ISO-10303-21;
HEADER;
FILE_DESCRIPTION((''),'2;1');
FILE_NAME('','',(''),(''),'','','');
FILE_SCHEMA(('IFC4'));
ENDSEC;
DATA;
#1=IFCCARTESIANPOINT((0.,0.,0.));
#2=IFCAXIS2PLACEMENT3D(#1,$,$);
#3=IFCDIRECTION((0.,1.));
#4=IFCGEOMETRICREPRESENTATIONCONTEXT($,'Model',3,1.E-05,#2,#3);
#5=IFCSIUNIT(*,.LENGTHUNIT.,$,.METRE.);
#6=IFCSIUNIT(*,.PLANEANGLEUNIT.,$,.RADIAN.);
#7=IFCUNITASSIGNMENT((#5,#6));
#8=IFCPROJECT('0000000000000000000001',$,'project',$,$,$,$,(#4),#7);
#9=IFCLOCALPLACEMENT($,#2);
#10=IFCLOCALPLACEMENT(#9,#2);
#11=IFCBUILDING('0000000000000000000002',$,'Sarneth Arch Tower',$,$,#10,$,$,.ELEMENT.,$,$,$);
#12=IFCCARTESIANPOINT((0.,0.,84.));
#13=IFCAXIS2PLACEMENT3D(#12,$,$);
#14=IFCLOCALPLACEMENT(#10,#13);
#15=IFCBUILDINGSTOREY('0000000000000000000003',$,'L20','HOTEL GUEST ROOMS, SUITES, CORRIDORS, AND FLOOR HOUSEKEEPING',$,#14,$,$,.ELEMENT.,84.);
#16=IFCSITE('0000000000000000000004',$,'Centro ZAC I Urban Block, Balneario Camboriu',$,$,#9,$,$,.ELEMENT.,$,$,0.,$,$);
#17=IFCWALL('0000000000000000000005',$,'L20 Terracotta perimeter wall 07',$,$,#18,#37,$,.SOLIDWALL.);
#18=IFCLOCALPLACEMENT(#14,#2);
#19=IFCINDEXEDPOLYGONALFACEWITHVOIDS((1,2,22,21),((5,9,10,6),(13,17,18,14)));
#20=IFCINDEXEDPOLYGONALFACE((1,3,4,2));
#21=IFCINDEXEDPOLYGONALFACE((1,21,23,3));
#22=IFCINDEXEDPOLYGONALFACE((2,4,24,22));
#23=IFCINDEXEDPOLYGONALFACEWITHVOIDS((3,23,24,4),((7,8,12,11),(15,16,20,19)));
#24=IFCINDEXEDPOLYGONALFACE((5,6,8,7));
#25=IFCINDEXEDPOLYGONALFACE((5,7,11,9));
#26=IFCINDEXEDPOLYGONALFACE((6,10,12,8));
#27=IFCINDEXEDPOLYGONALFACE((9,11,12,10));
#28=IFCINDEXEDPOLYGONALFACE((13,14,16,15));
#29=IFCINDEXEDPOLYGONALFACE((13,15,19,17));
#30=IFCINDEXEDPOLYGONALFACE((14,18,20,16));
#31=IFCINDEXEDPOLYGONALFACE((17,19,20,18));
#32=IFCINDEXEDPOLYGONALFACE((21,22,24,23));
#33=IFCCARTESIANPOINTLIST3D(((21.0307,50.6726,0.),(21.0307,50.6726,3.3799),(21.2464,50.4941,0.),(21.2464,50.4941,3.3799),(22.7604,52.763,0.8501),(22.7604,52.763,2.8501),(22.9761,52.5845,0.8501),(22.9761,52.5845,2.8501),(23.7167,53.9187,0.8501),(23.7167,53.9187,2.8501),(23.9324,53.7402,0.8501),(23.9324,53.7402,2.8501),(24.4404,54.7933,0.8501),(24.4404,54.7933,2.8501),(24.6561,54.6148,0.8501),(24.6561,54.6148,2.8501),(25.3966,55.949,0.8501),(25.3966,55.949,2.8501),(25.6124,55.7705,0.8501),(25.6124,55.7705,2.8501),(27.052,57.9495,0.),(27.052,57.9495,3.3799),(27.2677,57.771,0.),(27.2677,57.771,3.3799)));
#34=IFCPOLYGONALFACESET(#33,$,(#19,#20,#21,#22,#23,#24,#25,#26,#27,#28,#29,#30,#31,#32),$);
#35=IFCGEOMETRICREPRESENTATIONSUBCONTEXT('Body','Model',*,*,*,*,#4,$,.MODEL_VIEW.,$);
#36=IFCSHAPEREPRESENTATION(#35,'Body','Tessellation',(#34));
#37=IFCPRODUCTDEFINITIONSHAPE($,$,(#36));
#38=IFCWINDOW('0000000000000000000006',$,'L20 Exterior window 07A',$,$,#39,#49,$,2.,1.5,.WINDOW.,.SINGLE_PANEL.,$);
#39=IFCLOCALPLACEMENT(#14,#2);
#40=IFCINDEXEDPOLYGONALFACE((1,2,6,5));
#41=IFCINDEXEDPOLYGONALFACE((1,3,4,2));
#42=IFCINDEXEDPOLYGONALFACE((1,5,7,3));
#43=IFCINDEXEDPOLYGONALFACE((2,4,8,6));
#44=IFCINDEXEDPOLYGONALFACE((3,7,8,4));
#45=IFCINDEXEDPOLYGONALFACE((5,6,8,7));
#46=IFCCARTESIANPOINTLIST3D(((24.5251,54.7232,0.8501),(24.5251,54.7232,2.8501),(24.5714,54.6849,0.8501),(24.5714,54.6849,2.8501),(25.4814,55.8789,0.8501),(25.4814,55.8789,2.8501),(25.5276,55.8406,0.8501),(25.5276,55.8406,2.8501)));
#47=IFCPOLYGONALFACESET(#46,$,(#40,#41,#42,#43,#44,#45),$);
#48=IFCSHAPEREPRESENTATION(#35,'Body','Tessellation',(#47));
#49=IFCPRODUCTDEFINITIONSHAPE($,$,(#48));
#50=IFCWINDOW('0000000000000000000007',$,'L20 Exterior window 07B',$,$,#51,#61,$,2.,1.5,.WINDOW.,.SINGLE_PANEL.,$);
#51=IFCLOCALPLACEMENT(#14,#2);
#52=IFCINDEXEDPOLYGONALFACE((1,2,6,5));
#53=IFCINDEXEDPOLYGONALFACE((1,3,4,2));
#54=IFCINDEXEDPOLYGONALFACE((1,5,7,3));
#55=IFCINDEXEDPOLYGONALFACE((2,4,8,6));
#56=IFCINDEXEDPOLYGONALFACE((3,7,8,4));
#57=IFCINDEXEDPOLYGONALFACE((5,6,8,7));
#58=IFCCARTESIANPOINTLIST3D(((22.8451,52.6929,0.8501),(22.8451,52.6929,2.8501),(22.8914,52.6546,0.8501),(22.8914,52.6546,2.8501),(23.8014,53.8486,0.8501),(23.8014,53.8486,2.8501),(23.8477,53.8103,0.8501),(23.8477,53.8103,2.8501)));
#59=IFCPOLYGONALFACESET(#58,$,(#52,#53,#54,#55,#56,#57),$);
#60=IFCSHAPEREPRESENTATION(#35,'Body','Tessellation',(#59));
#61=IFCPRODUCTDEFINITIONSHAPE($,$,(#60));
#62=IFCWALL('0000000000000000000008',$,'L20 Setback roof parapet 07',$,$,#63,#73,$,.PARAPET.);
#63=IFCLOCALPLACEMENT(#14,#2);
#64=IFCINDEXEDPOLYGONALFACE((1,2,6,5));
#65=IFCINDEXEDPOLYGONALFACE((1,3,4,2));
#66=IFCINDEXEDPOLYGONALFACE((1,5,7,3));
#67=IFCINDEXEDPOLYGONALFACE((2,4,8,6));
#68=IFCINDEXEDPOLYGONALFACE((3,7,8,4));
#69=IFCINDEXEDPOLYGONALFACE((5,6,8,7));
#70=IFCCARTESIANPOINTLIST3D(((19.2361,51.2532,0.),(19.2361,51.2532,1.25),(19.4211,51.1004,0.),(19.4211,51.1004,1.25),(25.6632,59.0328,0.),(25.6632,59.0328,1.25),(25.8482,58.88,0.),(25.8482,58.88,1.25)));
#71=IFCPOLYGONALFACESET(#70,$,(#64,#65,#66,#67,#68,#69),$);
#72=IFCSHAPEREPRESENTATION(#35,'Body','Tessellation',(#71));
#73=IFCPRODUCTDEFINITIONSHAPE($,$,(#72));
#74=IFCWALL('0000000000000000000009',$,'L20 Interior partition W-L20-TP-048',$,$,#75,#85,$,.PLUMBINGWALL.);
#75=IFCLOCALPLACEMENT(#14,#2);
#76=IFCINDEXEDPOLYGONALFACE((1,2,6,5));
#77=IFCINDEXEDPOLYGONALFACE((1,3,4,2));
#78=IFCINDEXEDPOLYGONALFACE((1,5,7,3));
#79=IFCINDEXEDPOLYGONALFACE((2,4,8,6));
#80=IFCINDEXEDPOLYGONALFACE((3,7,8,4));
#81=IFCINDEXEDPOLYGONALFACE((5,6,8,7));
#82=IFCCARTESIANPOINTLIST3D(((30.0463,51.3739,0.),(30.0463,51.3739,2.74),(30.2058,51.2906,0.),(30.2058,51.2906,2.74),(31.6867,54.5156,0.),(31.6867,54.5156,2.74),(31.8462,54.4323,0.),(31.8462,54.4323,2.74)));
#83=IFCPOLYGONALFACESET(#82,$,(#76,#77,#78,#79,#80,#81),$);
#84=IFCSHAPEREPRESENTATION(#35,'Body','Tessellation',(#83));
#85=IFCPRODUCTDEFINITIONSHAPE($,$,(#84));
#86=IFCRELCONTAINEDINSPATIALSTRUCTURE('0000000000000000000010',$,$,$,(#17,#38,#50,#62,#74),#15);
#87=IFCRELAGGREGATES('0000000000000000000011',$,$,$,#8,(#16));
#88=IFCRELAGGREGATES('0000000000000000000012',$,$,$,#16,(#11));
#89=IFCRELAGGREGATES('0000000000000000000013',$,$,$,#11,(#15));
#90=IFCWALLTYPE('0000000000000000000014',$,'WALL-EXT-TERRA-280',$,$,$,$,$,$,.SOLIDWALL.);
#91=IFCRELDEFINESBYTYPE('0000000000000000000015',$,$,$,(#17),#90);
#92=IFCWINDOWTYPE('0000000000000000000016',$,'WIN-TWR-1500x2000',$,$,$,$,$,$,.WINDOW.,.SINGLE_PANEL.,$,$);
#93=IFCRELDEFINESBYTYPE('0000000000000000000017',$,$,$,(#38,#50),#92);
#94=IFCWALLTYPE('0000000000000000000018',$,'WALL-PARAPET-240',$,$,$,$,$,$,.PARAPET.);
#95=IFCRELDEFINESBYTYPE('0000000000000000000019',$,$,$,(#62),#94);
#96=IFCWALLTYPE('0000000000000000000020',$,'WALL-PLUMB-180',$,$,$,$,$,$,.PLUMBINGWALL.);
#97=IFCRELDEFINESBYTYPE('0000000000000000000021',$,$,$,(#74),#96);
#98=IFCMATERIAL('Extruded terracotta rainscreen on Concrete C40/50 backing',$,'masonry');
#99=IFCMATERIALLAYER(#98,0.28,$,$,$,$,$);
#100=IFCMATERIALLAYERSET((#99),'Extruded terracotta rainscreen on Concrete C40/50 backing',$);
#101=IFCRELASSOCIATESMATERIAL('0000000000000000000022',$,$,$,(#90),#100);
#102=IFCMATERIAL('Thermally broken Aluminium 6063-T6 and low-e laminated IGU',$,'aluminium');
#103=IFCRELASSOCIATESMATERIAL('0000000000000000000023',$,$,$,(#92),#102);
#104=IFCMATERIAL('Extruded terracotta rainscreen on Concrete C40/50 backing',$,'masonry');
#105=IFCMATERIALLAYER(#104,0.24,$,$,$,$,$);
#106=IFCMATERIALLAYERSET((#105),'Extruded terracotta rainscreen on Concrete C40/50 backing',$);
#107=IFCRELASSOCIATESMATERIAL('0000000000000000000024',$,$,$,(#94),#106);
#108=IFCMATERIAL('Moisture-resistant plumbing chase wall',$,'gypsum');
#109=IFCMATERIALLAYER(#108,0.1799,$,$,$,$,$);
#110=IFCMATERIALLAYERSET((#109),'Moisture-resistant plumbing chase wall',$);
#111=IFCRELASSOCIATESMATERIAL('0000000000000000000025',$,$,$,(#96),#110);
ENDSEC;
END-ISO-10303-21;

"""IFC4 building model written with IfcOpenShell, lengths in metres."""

from ifc_helpers import new_model, si_unit, direction, frame, frame_2d, origin, place, context, subcontext, project, spatial, rectangle, extrude, material, layer, layer_set, type_object, element, fill, save


model = new_model("IFC4")

# Units and contexts
model_context = context("Model", 3, precision=1e-05, world=origin(), true_north=direction((0.0, 1.0)))
body_context = subcontext(model_context, "Body", "Model", "MODEL_VIEW")
ifc_project = project(units=[si_unit("LENGTHUNIT", "METRE"), si_unit("PLANEANGLEUNIT", "RADIAN")], contexts=[model_context])

# Site, building, storey
site_placement = place(None, origin())
site = spatial("IfcSite", under=ifc_project, at=site_placement, Name="Centro ZAC I Urban Block, Balneario Camboriu", CompositionType="ELEMENT", RefElevation=0.0)
building_placement = place(site_placement, origin())
building = spatial("IfcBuilding", under=site, at=building_placement, Name="Sarneth Arch Tower", CompositionType="ELEMENT")
storey_placement = place(building_placement, frame((0.0, 0.0, 84.0)))
storey = spatial("IfcBuildingStorey", under=building, at=storey_placement, Name="L20", Description="HOTEL GUEST ROOMS, SUITES, CORRIDORS, AND FLOOR HOUSEKEEPING", CompositionType="ELEMENT", Elevation=84.0)

# Wall, openings, windows
ifc_material_1 = material(Name="Extruded terracotta rainscreen on Concrete C40/50 backing", Category="masonry")
ifc_layer_1 = layer(ifc_material_1, 0.28)
ifc_layer_set_1 = layer_set([ifc_layer_1], Name="Extruded terracotta rainscreen on Concrete C40/50 backing")
wall_type_1 = type_object("IfcWallType", Name="WALL-EXT-TERRA-280", PredefinedType="SOLIDWALL", material=ifc_layer_set_1)
wall_1_placement = place(storey_placement, frame((27.1599, 57.8604, 0.0), z_axis=(0.0, 0.0, 1.0), x_axis=(-0.637506, -0.770446, 0.0)))
wall_1 = element("IfcWall", 1, at=wall_1_placement, inside=storey, type_object=wall_type_1, Name="L20 Terracotta perimeter wall 07", PredefinedType="SOLIDWALL", context=body_context, shape_type="SweptSolid", body=[
    extrude(rectangle(XDim=9.4451, YDim=0.28, at=frame_2d((4.7227, 0.0))), origin(), (0.0, 0.0, 1.0), 3.3799),
])
opening_1_placement = place(wall_1_placement, frame((2.5967, 0.0, 0.8501)))
opening_1 = element("IfcOpeningElement", 2, at=opening_1_placement, cuts=wall_1, PredefinedType="OPENING", context=body_context, shape_type="SweptSolid", body=[
    extrude(rectangle(XDim=1.5, YDim=2.0, at=frame_2d((0.75, 1.0))), frame((0.0, 0.1499, 0.0), z_axis=(0.0, -1.0, 0.0), x_axis=(1.0, 0.0, 0.0)), (0.0, 0.0, 1.0), 0.3),
])
opening_2_placement = place(wall_1_placement, frame((5.2319, 0.0, 0.8501)))
opening_2 = element("IfcOpeningElement", 3, at=opening_2_placement, cuts=wall_1, PredefinedType="OPENING", context=body_context, shape_type="SweptSolid", body=[
    extrude(rectangle(XDim=1.5, YDim=2.0, at=frame_2d((0.75, 1.0))), frame((0.0, 0.1499, 0.0), z_axis=(0.0, -1.0, 0.0), x_axis=(1.0, 0.0, 0.0)), (0.0, 0.0, 1.0), 0.3),
])
ifc_material_2 = material(Name="Thermally broken Aluminium 6063-T6 and low-e laminated IGU", Category="aluminium")
window_type = type_object("IfcWindowType", Name="WIN-TWR-1500x2000", PartitioningType="SINGLE_PANEL", PredefinedType="WINDOW", material=ifc_material_2)
window_1_placement = place(opening_1_placement, origin())
window_1 = element("IfcWindow", 4, at=window_1_placement, inside=storey, type_object=window_type, Name="L20 Exterior window 07A", OverallHeight=2.0, OverallWidth=1.5, PartitioningType="SINGLE_PANEL", PredefinedType="WINDOW", context=body_context, shape_type="SweptSolid", body=[
    extrude(rectangle(XDim=1.5, YDim=2.0, at=frame_2d((0.75, 1.0))), frame((0.0, 0.03, 0.0), z_axis=(0.0, -1.0, 0.0), x_axis=(1.0, 0.0, 0.0)), (0.0, 0.0, 1.0), 0.0601),
])
fill(opening_1, window_1)
window_2_placement = place(opening_2_placement, origin())
window_2 = element("IfcWindow", 5, at=window_2_placement, inside=storey, type_object=window_type, Name="L20 Exterior window 07B", OverallHeight=2.0, OverallWidth=1.5, PartitioningType="SINGLE_PANEL", PredefinedType="WINDOW", context=body_context, shape_type="SweptSolid", body=[
    extrude(rectangle(XDim=1.5, YDim=2.0, at=frame_2d((0.75, 1.0))), frame((0.0, 0.03, 0.0), z_axis=(0.0, -1.0, 0.0), x_axis=(1.0, 0.0, 0.0)), (0.0, 0.0, 1.0), 0.0601),
])
fill(opening_2, window_2)

# Walls
ifc_material_3 = material(Name="Extruded terracotta rainscreen on Concrete C40/50 backing", Category="masonry")
ifc_layer_2 = layer(ifc_material_3, 0.24)
ifc_layer_set_2 = layer_set([ifc_layer_2], Name="Extruded terracotta rainscreen on Concrete C40/50 backing")
wall_type_2 = type_object("IfcWallType", Name="WALL-PARAPET-240", PredefinedType="PARAPET", material=ifc_layer_set_2)
wall_2_placement = place(storey_placement, frame((25.7556, 58.9563, 0.0), z_axis=(0.0, 0.0, 1.0), x_axis=(-0.636906, -0.770941, 0.0)))
element("IfcWall", 6, at=wall_2_placement, inside=storey, type_object=wall_type_2, Name="L20 Setback roof parapet 07", PredefinedType="PARAPET", context=body_context, shape_type="SweptSolid", body=[
    extrude(rectangle(XDim=10.0911, YDim=0.24, at=frame_2d((5.0454, 0.0))), origin(), (0.0, 0.0, 1.0), 1.25),
])
ifc_material_4 = material(Name="Moisture-resistant plumbing chase wall", Category="gypsum")
ifc_layer_3 = layer(ifc_material_4, 0.1799)
ifc_layer_set_3 = layer_set([ifc_layer_3], Name="Moisture-resistant plumbing chase wall")
wall_type_3 = type_object("IfcWallType", Name="WALL-PLUMB-180", PredefinedType="PLUMBINGWALL", material=ifc_layer_set_3)
wall_3_placement = place(storey_placement, frame((31.7664, 54.4739, 0.0), z_axis=(0.0, 0.0, 1.0), x_axis=(-0.462823, -0.886451, 0.0)))
element("IfcWall", 7, at=wall_3_placement, inside=storey, type_object=wall_type_3, Name="L20 Interior partition W-L20-TP-048", PredefinedType="PLUMBINGWALL", context=body_context, shape_type="SweptSolid", body=[
    extrude(rectangle(XDim=3.5442, YDim=0.1799, at=frame_2d((1.772, 0.0))), origin(), (0.0, 0.0, 1.0), 2.74),
])

save(model, "model.ifc")
